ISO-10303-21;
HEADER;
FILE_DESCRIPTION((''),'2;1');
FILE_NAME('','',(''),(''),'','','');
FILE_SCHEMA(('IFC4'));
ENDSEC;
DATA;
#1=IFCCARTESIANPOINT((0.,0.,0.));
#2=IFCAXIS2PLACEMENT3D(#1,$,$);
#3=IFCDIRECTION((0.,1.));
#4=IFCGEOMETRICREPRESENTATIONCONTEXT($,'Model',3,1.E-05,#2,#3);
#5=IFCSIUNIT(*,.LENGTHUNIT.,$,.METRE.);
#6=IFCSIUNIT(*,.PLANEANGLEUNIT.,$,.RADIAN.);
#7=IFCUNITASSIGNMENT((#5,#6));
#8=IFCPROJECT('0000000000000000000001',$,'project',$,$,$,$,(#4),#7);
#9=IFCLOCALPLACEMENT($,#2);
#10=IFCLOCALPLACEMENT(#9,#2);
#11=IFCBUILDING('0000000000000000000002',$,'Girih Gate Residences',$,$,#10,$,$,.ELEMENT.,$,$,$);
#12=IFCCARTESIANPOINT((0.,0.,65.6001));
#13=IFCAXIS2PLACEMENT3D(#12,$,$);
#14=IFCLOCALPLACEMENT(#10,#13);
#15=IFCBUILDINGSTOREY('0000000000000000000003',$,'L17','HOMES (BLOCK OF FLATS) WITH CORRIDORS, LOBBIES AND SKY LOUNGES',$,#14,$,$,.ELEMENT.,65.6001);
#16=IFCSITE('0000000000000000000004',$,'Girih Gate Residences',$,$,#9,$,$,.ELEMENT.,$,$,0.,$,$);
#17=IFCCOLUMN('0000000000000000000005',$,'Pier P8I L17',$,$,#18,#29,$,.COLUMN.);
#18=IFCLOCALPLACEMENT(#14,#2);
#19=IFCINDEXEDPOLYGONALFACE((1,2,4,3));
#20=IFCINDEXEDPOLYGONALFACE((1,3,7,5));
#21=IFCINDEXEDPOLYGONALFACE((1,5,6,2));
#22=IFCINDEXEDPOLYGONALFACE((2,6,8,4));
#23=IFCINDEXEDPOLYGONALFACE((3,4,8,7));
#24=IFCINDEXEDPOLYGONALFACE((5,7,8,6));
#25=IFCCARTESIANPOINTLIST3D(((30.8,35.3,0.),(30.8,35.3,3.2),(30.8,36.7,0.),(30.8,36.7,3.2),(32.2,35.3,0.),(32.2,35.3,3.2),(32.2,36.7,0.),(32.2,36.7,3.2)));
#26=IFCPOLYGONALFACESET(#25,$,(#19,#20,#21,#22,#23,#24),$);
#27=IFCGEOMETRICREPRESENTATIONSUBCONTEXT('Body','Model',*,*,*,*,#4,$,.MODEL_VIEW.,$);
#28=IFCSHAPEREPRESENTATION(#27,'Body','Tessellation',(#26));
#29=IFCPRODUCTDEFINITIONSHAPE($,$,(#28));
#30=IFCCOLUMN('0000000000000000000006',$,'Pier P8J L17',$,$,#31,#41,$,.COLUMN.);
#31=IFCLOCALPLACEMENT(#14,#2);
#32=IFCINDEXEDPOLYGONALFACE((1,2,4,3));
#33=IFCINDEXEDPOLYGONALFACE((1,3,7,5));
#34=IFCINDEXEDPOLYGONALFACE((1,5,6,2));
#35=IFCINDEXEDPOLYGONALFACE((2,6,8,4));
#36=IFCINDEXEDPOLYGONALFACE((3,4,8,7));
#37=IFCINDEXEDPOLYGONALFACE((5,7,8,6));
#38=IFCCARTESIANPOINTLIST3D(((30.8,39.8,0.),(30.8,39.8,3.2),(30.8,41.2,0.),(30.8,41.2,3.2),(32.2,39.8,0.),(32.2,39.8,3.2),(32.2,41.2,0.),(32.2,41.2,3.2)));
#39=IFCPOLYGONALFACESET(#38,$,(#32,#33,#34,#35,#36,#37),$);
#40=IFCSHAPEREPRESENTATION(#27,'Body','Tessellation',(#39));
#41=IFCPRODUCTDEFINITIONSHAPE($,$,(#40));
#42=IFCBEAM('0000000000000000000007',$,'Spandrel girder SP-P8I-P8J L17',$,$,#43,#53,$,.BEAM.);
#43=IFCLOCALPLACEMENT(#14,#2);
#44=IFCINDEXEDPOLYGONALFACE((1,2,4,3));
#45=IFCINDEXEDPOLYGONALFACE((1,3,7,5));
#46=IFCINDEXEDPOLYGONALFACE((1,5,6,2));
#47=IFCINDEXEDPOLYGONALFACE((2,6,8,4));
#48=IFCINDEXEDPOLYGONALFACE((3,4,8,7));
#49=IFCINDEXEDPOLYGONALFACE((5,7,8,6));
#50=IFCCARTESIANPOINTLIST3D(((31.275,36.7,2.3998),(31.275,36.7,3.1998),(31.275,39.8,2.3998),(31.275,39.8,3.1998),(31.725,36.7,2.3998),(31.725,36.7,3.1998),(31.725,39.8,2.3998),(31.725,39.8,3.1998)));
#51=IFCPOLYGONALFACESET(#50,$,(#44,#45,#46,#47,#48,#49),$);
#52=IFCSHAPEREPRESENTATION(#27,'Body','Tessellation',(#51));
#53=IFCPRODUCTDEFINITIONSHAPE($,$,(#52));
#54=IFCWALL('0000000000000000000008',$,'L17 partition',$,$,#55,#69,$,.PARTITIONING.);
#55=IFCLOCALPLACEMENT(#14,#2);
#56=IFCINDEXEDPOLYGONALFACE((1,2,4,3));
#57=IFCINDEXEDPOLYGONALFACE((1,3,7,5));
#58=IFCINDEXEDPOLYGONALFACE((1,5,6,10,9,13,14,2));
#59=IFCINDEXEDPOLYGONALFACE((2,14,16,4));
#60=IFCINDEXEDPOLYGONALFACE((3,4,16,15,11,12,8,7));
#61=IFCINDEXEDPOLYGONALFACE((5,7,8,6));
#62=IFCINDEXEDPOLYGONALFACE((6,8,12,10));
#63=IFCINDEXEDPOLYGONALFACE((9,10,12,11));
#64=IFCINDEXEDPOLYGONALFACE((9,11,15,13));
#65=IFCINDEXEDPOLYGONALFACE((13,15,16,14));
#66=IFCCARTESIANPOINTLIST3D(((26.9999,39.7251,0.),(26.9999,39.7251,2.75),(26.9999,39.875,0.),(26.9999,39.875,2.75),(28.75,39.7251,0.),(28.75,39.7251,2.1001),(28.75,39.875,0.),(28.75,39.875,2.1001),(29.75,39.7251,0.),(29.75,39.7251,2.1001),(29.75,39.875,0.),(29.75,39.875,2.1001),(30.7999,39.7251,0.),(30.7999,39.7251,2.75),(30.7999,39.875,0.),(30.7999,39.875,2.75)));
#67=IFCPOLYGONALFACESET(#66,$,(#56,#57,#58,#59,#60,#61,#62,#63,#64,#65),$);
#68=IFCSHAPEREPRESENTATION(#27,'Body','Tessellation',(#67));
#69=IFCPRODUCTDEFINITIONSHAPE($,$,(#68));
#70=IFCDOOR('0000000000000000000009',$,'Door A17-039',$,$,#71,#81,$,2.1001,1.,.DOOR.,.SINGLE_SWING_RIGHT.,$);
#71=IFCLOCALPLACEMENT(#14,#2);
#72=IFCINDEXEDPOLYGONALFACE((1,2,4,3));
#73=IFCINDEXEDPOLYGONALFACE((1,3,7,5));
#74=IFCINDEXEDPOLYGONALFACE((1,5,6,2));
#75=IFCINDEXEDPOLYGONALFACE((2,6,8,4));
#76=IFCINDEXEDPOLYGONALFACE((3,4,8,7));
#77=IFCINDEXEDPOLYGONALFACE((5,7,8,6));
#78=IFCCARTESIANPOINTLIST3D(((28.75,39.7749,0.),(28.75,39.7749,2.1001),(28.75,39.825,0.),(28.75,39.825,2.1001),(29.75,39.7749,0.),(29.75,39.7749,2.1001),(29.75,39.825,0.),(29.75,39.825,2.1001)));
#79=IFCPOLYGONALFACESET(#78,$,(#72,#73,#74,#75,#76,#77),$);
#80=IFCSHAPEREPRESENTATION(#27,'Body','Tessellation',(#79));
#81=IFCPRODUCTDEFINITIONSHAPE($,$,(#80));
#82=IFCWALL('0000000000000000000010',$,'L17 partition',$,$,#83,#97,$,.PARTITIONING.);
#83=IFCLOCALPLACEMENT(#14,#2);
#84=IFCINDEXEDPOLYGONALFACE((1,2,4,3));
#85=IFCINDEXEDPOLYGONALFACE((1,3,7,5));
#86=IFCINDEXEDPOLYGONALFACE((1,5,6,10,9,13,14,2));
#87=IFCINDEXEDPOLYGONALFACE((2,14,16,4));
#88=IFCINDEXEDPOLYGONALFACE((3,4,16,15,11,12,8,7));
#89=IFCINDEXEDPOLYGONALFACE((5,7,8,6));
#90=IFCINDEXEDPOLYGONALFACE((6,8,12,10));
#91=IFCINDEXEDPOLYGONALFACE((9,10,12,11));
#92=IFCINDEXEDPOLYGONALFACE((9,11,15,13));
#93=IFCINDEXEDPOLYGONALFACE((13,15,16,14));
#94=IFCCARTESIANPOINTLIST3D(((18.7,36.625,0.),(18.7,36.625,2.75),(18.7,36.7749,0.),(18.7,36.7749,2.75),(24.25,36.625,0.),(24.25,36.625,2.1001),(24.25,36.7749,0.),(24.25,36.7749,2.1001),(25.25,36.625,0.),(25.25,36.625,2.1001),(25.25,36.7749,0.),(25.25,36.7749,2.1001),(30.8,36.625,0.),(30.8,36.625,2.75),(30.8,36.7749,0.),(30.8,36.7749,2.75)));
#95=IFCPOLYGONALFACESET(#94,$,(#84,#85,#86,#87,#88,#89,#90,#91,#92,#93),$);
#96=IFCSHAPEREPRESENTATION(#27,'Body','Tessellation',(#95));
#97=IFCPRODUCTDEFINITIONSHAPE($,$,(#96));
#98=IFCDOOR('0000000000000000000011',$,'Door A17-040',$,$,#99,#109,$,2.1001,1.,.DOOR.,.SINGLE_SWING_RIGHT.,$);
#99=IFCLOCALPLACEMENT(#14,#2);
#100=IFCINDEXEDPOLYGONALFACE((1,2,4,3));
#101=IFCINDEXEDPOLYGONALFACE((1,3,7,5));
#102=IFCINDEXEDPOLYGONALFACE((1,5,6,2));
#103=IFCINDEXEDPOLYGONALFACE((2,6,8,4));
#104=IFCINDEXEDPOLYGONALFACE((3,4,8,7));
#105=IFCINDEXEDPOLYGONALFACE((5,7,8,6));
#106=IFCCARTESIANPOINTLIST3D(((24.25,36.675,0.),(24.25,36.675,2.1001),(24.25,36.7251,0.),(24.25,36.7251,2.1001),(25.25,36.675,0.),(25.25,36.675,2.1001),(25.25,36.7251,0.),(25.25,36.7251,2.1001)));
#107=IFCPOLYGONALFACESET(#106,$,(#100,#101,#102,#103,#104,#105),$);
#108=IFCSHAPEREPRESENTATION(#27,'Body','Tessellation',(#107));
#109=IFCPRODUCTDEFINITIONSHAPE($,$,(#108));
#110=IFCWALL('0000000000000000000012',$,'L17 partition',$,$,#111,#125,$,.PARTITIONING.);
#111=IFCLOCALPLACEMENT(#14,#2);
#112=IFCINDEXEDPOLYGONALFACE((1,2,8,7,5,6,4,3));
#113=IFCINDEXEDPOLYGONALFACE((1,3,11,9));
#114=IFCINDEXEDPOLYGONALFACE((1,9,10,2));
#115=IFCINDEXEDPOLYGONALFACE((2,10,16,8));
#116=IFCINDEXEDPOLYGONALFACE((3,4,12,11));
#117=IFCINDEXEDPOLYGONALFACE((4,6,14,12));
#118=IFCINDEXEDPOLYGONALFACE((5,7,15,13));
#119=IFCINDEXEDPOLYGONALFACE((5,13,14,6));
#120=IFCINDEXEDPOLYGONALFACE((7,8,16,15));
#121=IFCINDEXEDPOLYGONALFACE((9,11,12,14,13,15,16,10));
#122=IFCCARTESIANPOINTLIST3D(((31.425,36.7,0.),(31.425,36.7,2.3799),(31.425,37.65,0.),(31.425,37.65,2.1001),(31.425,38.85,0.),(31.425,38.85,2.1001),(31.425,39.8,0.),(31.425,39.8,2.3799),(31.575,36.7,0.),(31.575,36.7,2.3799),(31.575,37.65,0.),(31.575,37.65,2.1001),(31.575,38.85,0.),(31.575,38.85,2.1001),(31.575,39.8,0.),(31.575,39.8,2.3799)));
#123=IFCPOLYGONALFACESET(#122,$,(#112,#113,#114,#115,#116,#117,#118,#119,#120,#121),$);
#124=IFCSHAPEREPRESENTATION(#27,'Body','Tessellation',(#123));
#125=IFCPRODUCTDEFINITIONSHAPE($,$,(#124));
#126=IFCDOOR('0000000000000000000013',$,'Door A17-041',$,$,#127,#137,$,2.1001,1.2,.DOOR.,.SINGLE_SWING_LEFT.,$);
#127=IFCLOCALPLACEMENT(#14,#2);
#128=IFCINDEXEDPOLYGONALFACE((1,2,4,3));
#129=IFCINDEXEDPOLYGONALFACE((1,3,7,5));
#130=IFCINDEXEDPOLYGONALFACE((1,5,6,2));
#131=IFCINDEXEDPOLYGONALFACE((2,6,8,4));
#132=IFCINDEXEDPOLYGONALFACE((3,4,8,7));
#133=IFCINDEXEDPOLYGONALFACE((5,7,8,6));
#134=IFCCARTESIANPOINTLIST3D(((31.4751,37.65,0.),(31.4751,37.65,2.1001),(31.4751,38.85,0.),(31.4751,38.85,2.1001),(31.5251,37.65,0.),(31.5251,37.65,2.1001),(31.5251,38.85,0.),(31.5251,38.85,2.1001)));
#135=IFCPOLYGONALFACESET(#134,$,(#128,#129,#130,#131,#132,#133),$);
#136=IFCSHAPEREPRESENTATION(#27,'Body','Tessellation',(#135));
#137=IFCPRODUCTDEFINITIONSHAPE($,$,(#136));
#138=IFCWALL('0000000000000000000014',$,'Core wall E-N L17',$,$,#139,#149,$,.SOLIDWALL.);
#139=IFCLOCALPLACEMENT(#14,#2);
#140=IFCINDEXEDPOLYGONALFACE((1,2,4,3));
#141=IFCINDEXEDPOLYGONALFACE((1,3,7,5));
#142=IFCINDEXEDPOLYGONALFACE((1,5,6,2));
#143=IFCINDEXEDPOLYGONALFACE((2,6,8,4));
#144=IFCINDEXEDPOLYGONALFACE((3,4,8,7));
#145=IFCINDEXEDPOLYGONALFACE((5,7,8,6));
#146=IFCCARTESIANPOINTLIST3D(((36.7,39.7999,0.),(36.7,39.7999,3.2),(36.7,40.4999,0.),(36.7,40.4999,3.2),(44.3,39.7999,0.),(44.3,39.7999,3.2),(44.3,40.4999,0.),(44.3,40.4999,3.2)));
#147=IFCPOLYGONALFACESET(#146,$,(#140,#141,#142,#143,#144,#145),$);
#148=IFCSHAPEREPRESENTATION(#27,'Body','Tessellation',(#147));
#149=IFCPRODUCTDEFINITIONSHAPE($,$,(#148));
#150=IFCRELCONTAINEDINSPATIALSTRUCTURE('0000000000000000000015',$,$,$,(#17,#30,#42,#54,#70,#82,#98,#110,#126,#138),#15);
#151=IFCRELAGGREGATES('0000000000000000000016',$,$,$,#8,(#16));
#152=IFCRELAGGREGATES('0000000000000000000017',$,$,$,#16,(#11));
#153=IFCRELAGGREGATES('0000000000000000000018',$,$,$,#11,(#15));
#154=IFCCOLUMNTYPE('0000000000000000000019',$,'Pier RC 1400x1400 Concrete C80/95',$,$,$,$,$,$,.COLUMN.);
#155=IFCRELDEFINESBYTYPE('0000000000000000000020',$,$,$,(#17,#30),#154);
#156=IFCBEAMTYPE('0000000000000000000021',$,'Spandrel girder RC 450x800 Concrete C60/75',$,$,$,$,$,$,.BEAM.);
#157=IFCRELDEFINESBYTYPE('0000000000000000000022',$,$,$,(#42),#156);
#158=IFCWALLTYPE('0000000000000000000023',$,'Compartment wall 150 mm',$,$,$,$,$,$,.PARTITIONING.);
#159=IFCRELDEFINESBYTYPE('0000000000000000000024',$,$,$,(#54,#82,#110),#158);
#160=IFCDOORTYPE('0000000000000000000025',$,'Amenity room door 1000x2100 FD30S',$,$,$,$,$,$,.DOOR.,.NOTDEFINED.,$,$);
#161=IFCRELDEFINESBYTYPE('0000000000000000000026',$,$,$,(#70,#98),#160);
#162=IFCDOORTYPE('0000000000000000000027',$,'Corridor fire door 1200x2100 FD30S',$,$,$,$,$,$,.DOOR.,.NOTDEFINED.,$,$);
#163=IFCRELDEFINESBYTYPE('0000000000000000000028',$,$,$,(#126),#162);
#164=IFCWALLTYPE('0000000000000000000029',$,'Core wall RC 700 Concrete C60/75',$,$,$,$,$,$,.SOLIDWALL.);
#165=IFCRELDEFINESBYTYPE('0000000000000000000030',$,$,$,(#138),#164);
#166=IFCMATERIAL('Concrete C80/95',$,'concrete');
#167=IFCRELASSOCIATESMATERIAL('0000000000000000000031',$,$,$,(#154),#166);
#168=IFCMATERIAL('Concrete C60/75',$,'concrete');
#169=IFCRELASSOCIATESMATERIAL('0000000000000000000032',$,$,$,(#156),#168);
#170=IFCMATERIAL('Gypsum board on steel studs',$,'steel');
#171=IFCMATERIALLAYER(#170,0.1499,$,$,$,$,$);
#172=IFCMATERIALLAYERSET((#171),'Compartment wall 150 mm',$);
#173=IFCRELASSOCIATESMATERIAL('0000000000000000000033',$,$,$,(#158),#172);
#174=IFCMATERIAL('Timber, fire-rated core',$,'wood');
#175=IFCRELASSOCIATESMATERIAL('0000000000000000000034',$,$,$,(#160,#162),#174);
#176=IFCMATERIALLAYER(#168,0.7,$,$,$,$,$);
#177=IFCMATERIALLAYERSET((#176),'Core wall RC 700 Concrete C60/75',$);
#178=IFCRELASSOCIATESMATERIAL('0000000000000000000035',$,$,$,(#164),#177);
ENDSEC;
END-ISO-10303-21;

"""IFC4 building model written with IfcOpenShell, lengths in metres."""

from ifc_helpers import new_model, si_unit, direction, frame, frame_2d, origin, origin_2d, place, context, subcontext, project, spatial, rectangle, extrude, material, layer, layer_set, material_profile, profile_set, type_object, element, fill, save


model = new_model("IFC4")

# Units and contexts
model_context = context("Model", 3, precision=1e-05, world=origin(), true_north=direction((0.0, 1.0)))
body_context = subcontext(model_context, "Body", "Model", "MODEL_VIEW")
ifc_project = project(units=[si_unit("LENGTHUNIT", "METRE"), si_unit("PLANEANGLEUNIT", "RADIAN")], contexts=[model_context])

# Site, building, storey
site_placement = place(None, origin())
site = spatial("IfcSite", under=ifc_project, at=site_placement, Name="Girih Gate Residences", CompositionType="ELEMENT", RefElevation=0.0)
building_placement = place(site_placement, origin())
building = spatial("IfcBuilding", under=site, at=building_placement, Name="Girih Gate Residences", CompositionType="ELEMENT")
storey_placement = place(building_placement, frame((0.0, 0.0, 65.6001)))
storey = spatial("IfcBuildingStorey", under=building, at=storey_placement, Name="L17", Description="HOMES (BLOCK OF FLATS) WITH CORRIDORS, LOBBIES AND SKY LOUNGES", CompositionType="ELEMENT", Elevation=65.6001)

# Columns
ifc_material_1 = material(Name="Concrete C80/95", Category="concrete")
ifc_material_profile_1 = material_profile(ifc_material_1, rectangle(XDim=1.3999, YDim=1.3999, at=origin_2d()))
ifc_profile_set_1 = profile_set([ifc_material_profile_1], Name="Concrete C80/95")
column_type = type_object("IfcColumnType", Name="Pier RC 1400x1400 Concrete C80/95", PredefinedType="COLUMN", material=ifc_profile_set_1)
for number, where, z_axis, x_axis, name in (
    (1, (31.5, 36.0, 0.0), (0.0, 0.0, 1.0), (1.0, 0.0, 0.0), "Pier P8I L17"),
    (2, (31.5, 40.5, 0.0), (0.0, 0.0, 1.0), (1.0, 0.0, 0.0), "Pier P8J L17"),
):
    element("IfcColumn", number, at=place(storey_placement, frame(where, z_axis=z_axis, x_axis=x_axis)), inside=storey, type_object=column_type, Name=name, PredefinedType="COLUMN", context=body_context, shape_type="SweptSolid", body=[
        extrude(rectangle(XDim=1.3999, YDim=1.3999, at=origin_2d()), origin(), (0.0, 0.0, 1.0), 3.2),
    ])

# Beam
ifc_material_2 = material(Name="Concrete C60/75", Category="concrete")
ifc_material_profile_2 = material_profile(ifc_material_2, rectangle(XDim=0.45, YDim=0.8, at=origin_2d()))
ifc_profile_set_2 = profile_set([ifc_material_profile_2], Name="Concrete C60/75")
beam_type = type_object("IfcBeamType", Name="Spandrel girder RC 450x800 Concrete C60/75", PredefinedType="BEAM", material=ifc_profile_set_2)
beam_placement = place(storey_placement, frame((31.5, 36.7, 2.7998), z_axis=(0.0, 1.0, 0.0), x_axis=(-1.0, 0.0, 0.0)))
element("IfcBeam", 3, at=beam_placement, inside=storey, type_object=beam_type, Name="Spandrel girder SP-P8I-P8J L17", PredefinedType="BEAM", context=body_context, shape_type="SweptSolid", body=[
    extrude(rectangle(XDim=0.45, YDim=0.8, at=origin_2d()), origin(), (0.0, 0.0, 1.0), 3.1001),
])

# Walls, openings, doors
ifc_material_3 = material(Name="Gypsum board on steel studs", Category="steel")
ifc_layer_1 = layer(ifc_material_3, 0.1499)
ifc_layer_set_1 = layer_set([ifc_layer_1], Name="Compartment wall 150 mm")
wall_type_1 = type_object("IfcWallType", Name="Compartment wall 150 mm", PredefinedType="PARTITIONING", material=ifc_layer_set_1)
wall_1_placement = place(storey_placement, frame((27.0, 39.8, 0.0), z_axis=(0.0, 0.0, 1.0), x_axis=(1.0, 0.0, 0.0)))
wall_1 = element("IfcWall", 4, at=wall_1_placement, inside=storey, type_object=wall_type_1, Name="L17 partition", PredefinedType="PARTITIONING", context=body_context, shape_type="SweptSolid", body=[
    extrude(rectangle(XDim=3.8, YDim=0.1499, at=frame_2d((1.8999, 0.0))), origin(), (0.0, 0.0, 1.0), 2.75),
])
opening_1_placement = place(wall_1_placement, frame((1.75, 0.0, 0.0)))
opening_1 = element("IfcOpeningElement", 5, at=opening_1_placement, cuts=wall_1, PredefinedType="OPENING", context=body_context, shape_type="SweptSolid", body=[
    extrude(rectangle(XDim=1.0, YDim=2.1001, at=frame_2d((0.5, 1.05))), frame((0.0, 0.085, 0.0), z_axis=(0.0, -1.0, 0.0), x_axis=(1.0, 0.0, 0.0)), (0.0, 0.0, 1.0), 0.1699),
])
ifc_material_4 = material(Name="Timber, fire-rated core", Category="wood")
door_type_1 = type_object("IfcDoorType", Name="Amenity room door 1000x2100 FD30S", OperationType="NOTDEFINED", PredefinedType="DOOR", material=ifc_material_4)
door_1_placement = place(opening_1_placement, origin())
door_1 = element("IfcDoor", 6, at=door_1_placement, inside=storey, type_object=door_type_1, Name="Door A17-039", OperationType="SINGLE_SWING_RIGHT", OverallHeight=2.1001, OverallWidth=1.0, PredefinedType="DOOR", context=body_context, shape_type="SweptSolid", body=[
    extrude(rectangle(XDim=1.0, YDim=2.1001, at=frame_2d((0.5, 1.05))), frame((0.0, 0.0249, 0.0), z_axis=(0.0, -1.0, 0.0), x_axis=(1.0, 0.0, 0.0)), (0.0, 0.0, 1.0), 0.05),
])
fill(opening_1, door_1)
wall_2_placement = place(storey_placement, frame((30.8, 36.7, 0.0), z_axis=(0.0, 0.0, 1.0), x_axis=(-1.0, 0.0, 0.0)))
wall_2 = element("IfcWall", 7, at=wall_2_placement, inside=storey, type_object=wall_type_1, Name="L17 partition", PredefinedType="PARTITIONING", context=body_context, shape_type="SweptSolid", body=[
    extrude(rectangle(XDim=12.1001, YDim=0.1499, at=frame_2d((6.05, 0.0))), origin(), (0.0, 0.0, 1.0), 2.75),
])
opening_2_placement = place(wall_2_placement, frame((5.55, 0.0, 0.0)))
opening_2 = element("IfcOpeningElement", 8, at=opening_2_placement, cuts=wall_2, PredefinedType="OPENING", context=body_context, shape_type="SweptSolid", body=[
    extrude(rectangle(XDim=1.0, YDim=2.1001, at=frame_2d((0.5, 1.05))), frame((0.0, 0.085, 0.0), z_axis=(0.0, -1.0, 0.0), x_axis=(1.0, 0.0, 0.0)), (0.0, 0.0, 1.0), 0.1699),
])
door_2_placement = place(opening_2_placement, origin())
door_2 = element("IfcDoor", 9, at=door_2_placement, inside=storey, type_object=door_type_1, Name="Door A17-040", OperationType="SINGLE_SWING_RIGHT", OverallHeight=2.1001, OverallWidth=1.0, PredefinedType="DOOR", context=body_context, shape_type="SweptSolid", body=[
    extrude(rectangle(XDim=1.0, YDim=2.1001, at=frame_2d((0.5, 1.05))), frame((0.0, 0.0249, 0.0), z_axis=(0.0, -1.0, 0.0), x_axis=(1.0, 0.0, 0.0)), (0.0, 0.0, 1.0), 0.05),
])
fill(opening_2, door_2)
wall_3_placement = place(storey_placement, frame((31.5, 36.7, 0.0), z_axis=(0.0, 0.0, 1.0), x_axis=(0.0, 1.0, 0.0)))
wall_3 = element("IfcWall", 10, at=wall_3_placement, inside=storey, type_object=wall_type_1, Name="L17 partition", PredefinedType="PARTITIONING", context=body_context, shape_type="SweptSolid", body=[
    extrude(rectangle(XDim=3.1001, YDim=0.1499, at=frame_2d((1.55, 0.0))), origin(), (0.0, 0.0, 1.0), 2.3799),
])
opening_3_placement = place(wall_3_placement, frame((0.95, 0.0, 0.0)))
opening_3 = element("IfcOpeningElement", 11, at=opening_3_placement, cuts=wall_3, PredefinedType="OPENING", context=body_context, shape_type="SweptSolid", body=[
    extrude(rectangle(XDim=1.2, YDim=2.1001, at=frame_2d((0.6001, 1.05))), frame((0.0, 0.085, 0.0), z_axis=(0.0, -1.0, 0.0), x_axis=(1.0, 0.0, 0.0)), (0.0, 0.0, 1.0), 0.1699),
])
door_type_2 = type_object("IfcDoorType", Name="Corridor fire door 1200x2100 FD30S", OperationType="NOTDEFINED", PredefinedType="DOOR", material=ifc_material_4)
door_3_placement = place(opening_3_placement, origin())
door_3 = element("IfcDoor", 12, at=door_3_placement, inside=storey, type_object=door_type_2, Name="Door A17-041", OperationType="SINGLE_SWING_LEFT", OverallHeight=2.1001, OverallWidth=1.2, PredefinedType="DOOR", context=body_context, shape_type="SweptSolid", body=[
    extrude(rectangle(XDim=1.2, YDim=2.1001, at=frame_2d((0.6001, 1.05))), frame((0.0, 0.0249, 0.0), z_axis=(0.0, -1.0, 0.0), x_axis=(1.0, 0.0, 0.0)), (0.0, 0.0, 1.0), 0.05),
])
fill(opening_3, door_3)

# Wall
ifc_layer_2 = layer(ifc_material_2, 0.7)
ifc_layer_set_2 = layer_set([ifc_layer_2], Name="Core wall RC 700 Concrete C60/75")
wall_type_2 = type_object("IfcWallType", Name="Core wall RC 700 Concrete C60/75", PredefinedType="SOLIDWALL", material=ifc_layer_set_2)
wall_4_placement = place(storey_placement, frame((36.7, 40.1499, 0.0), z_axis=(0.0, 0.0, 1.0), x_axis=(1.0, 0.0, 0.0)))
element("IfcWall", 13, at=wall_4_placement, inside=storey, type_object=wall_type_2, Name="Core wall E-N L17", PredefinedType="SOLIDWALL", context=body_context, shape_type="SweptSolid", body=[
    extrude(rectangle(XDim=7.6001, YDim=0.7, at=frame_2d((3.8, 0.0))), origin(), (0.0, 0.0, 1.0), 3.2),
])

save(model, "model.ifc")
